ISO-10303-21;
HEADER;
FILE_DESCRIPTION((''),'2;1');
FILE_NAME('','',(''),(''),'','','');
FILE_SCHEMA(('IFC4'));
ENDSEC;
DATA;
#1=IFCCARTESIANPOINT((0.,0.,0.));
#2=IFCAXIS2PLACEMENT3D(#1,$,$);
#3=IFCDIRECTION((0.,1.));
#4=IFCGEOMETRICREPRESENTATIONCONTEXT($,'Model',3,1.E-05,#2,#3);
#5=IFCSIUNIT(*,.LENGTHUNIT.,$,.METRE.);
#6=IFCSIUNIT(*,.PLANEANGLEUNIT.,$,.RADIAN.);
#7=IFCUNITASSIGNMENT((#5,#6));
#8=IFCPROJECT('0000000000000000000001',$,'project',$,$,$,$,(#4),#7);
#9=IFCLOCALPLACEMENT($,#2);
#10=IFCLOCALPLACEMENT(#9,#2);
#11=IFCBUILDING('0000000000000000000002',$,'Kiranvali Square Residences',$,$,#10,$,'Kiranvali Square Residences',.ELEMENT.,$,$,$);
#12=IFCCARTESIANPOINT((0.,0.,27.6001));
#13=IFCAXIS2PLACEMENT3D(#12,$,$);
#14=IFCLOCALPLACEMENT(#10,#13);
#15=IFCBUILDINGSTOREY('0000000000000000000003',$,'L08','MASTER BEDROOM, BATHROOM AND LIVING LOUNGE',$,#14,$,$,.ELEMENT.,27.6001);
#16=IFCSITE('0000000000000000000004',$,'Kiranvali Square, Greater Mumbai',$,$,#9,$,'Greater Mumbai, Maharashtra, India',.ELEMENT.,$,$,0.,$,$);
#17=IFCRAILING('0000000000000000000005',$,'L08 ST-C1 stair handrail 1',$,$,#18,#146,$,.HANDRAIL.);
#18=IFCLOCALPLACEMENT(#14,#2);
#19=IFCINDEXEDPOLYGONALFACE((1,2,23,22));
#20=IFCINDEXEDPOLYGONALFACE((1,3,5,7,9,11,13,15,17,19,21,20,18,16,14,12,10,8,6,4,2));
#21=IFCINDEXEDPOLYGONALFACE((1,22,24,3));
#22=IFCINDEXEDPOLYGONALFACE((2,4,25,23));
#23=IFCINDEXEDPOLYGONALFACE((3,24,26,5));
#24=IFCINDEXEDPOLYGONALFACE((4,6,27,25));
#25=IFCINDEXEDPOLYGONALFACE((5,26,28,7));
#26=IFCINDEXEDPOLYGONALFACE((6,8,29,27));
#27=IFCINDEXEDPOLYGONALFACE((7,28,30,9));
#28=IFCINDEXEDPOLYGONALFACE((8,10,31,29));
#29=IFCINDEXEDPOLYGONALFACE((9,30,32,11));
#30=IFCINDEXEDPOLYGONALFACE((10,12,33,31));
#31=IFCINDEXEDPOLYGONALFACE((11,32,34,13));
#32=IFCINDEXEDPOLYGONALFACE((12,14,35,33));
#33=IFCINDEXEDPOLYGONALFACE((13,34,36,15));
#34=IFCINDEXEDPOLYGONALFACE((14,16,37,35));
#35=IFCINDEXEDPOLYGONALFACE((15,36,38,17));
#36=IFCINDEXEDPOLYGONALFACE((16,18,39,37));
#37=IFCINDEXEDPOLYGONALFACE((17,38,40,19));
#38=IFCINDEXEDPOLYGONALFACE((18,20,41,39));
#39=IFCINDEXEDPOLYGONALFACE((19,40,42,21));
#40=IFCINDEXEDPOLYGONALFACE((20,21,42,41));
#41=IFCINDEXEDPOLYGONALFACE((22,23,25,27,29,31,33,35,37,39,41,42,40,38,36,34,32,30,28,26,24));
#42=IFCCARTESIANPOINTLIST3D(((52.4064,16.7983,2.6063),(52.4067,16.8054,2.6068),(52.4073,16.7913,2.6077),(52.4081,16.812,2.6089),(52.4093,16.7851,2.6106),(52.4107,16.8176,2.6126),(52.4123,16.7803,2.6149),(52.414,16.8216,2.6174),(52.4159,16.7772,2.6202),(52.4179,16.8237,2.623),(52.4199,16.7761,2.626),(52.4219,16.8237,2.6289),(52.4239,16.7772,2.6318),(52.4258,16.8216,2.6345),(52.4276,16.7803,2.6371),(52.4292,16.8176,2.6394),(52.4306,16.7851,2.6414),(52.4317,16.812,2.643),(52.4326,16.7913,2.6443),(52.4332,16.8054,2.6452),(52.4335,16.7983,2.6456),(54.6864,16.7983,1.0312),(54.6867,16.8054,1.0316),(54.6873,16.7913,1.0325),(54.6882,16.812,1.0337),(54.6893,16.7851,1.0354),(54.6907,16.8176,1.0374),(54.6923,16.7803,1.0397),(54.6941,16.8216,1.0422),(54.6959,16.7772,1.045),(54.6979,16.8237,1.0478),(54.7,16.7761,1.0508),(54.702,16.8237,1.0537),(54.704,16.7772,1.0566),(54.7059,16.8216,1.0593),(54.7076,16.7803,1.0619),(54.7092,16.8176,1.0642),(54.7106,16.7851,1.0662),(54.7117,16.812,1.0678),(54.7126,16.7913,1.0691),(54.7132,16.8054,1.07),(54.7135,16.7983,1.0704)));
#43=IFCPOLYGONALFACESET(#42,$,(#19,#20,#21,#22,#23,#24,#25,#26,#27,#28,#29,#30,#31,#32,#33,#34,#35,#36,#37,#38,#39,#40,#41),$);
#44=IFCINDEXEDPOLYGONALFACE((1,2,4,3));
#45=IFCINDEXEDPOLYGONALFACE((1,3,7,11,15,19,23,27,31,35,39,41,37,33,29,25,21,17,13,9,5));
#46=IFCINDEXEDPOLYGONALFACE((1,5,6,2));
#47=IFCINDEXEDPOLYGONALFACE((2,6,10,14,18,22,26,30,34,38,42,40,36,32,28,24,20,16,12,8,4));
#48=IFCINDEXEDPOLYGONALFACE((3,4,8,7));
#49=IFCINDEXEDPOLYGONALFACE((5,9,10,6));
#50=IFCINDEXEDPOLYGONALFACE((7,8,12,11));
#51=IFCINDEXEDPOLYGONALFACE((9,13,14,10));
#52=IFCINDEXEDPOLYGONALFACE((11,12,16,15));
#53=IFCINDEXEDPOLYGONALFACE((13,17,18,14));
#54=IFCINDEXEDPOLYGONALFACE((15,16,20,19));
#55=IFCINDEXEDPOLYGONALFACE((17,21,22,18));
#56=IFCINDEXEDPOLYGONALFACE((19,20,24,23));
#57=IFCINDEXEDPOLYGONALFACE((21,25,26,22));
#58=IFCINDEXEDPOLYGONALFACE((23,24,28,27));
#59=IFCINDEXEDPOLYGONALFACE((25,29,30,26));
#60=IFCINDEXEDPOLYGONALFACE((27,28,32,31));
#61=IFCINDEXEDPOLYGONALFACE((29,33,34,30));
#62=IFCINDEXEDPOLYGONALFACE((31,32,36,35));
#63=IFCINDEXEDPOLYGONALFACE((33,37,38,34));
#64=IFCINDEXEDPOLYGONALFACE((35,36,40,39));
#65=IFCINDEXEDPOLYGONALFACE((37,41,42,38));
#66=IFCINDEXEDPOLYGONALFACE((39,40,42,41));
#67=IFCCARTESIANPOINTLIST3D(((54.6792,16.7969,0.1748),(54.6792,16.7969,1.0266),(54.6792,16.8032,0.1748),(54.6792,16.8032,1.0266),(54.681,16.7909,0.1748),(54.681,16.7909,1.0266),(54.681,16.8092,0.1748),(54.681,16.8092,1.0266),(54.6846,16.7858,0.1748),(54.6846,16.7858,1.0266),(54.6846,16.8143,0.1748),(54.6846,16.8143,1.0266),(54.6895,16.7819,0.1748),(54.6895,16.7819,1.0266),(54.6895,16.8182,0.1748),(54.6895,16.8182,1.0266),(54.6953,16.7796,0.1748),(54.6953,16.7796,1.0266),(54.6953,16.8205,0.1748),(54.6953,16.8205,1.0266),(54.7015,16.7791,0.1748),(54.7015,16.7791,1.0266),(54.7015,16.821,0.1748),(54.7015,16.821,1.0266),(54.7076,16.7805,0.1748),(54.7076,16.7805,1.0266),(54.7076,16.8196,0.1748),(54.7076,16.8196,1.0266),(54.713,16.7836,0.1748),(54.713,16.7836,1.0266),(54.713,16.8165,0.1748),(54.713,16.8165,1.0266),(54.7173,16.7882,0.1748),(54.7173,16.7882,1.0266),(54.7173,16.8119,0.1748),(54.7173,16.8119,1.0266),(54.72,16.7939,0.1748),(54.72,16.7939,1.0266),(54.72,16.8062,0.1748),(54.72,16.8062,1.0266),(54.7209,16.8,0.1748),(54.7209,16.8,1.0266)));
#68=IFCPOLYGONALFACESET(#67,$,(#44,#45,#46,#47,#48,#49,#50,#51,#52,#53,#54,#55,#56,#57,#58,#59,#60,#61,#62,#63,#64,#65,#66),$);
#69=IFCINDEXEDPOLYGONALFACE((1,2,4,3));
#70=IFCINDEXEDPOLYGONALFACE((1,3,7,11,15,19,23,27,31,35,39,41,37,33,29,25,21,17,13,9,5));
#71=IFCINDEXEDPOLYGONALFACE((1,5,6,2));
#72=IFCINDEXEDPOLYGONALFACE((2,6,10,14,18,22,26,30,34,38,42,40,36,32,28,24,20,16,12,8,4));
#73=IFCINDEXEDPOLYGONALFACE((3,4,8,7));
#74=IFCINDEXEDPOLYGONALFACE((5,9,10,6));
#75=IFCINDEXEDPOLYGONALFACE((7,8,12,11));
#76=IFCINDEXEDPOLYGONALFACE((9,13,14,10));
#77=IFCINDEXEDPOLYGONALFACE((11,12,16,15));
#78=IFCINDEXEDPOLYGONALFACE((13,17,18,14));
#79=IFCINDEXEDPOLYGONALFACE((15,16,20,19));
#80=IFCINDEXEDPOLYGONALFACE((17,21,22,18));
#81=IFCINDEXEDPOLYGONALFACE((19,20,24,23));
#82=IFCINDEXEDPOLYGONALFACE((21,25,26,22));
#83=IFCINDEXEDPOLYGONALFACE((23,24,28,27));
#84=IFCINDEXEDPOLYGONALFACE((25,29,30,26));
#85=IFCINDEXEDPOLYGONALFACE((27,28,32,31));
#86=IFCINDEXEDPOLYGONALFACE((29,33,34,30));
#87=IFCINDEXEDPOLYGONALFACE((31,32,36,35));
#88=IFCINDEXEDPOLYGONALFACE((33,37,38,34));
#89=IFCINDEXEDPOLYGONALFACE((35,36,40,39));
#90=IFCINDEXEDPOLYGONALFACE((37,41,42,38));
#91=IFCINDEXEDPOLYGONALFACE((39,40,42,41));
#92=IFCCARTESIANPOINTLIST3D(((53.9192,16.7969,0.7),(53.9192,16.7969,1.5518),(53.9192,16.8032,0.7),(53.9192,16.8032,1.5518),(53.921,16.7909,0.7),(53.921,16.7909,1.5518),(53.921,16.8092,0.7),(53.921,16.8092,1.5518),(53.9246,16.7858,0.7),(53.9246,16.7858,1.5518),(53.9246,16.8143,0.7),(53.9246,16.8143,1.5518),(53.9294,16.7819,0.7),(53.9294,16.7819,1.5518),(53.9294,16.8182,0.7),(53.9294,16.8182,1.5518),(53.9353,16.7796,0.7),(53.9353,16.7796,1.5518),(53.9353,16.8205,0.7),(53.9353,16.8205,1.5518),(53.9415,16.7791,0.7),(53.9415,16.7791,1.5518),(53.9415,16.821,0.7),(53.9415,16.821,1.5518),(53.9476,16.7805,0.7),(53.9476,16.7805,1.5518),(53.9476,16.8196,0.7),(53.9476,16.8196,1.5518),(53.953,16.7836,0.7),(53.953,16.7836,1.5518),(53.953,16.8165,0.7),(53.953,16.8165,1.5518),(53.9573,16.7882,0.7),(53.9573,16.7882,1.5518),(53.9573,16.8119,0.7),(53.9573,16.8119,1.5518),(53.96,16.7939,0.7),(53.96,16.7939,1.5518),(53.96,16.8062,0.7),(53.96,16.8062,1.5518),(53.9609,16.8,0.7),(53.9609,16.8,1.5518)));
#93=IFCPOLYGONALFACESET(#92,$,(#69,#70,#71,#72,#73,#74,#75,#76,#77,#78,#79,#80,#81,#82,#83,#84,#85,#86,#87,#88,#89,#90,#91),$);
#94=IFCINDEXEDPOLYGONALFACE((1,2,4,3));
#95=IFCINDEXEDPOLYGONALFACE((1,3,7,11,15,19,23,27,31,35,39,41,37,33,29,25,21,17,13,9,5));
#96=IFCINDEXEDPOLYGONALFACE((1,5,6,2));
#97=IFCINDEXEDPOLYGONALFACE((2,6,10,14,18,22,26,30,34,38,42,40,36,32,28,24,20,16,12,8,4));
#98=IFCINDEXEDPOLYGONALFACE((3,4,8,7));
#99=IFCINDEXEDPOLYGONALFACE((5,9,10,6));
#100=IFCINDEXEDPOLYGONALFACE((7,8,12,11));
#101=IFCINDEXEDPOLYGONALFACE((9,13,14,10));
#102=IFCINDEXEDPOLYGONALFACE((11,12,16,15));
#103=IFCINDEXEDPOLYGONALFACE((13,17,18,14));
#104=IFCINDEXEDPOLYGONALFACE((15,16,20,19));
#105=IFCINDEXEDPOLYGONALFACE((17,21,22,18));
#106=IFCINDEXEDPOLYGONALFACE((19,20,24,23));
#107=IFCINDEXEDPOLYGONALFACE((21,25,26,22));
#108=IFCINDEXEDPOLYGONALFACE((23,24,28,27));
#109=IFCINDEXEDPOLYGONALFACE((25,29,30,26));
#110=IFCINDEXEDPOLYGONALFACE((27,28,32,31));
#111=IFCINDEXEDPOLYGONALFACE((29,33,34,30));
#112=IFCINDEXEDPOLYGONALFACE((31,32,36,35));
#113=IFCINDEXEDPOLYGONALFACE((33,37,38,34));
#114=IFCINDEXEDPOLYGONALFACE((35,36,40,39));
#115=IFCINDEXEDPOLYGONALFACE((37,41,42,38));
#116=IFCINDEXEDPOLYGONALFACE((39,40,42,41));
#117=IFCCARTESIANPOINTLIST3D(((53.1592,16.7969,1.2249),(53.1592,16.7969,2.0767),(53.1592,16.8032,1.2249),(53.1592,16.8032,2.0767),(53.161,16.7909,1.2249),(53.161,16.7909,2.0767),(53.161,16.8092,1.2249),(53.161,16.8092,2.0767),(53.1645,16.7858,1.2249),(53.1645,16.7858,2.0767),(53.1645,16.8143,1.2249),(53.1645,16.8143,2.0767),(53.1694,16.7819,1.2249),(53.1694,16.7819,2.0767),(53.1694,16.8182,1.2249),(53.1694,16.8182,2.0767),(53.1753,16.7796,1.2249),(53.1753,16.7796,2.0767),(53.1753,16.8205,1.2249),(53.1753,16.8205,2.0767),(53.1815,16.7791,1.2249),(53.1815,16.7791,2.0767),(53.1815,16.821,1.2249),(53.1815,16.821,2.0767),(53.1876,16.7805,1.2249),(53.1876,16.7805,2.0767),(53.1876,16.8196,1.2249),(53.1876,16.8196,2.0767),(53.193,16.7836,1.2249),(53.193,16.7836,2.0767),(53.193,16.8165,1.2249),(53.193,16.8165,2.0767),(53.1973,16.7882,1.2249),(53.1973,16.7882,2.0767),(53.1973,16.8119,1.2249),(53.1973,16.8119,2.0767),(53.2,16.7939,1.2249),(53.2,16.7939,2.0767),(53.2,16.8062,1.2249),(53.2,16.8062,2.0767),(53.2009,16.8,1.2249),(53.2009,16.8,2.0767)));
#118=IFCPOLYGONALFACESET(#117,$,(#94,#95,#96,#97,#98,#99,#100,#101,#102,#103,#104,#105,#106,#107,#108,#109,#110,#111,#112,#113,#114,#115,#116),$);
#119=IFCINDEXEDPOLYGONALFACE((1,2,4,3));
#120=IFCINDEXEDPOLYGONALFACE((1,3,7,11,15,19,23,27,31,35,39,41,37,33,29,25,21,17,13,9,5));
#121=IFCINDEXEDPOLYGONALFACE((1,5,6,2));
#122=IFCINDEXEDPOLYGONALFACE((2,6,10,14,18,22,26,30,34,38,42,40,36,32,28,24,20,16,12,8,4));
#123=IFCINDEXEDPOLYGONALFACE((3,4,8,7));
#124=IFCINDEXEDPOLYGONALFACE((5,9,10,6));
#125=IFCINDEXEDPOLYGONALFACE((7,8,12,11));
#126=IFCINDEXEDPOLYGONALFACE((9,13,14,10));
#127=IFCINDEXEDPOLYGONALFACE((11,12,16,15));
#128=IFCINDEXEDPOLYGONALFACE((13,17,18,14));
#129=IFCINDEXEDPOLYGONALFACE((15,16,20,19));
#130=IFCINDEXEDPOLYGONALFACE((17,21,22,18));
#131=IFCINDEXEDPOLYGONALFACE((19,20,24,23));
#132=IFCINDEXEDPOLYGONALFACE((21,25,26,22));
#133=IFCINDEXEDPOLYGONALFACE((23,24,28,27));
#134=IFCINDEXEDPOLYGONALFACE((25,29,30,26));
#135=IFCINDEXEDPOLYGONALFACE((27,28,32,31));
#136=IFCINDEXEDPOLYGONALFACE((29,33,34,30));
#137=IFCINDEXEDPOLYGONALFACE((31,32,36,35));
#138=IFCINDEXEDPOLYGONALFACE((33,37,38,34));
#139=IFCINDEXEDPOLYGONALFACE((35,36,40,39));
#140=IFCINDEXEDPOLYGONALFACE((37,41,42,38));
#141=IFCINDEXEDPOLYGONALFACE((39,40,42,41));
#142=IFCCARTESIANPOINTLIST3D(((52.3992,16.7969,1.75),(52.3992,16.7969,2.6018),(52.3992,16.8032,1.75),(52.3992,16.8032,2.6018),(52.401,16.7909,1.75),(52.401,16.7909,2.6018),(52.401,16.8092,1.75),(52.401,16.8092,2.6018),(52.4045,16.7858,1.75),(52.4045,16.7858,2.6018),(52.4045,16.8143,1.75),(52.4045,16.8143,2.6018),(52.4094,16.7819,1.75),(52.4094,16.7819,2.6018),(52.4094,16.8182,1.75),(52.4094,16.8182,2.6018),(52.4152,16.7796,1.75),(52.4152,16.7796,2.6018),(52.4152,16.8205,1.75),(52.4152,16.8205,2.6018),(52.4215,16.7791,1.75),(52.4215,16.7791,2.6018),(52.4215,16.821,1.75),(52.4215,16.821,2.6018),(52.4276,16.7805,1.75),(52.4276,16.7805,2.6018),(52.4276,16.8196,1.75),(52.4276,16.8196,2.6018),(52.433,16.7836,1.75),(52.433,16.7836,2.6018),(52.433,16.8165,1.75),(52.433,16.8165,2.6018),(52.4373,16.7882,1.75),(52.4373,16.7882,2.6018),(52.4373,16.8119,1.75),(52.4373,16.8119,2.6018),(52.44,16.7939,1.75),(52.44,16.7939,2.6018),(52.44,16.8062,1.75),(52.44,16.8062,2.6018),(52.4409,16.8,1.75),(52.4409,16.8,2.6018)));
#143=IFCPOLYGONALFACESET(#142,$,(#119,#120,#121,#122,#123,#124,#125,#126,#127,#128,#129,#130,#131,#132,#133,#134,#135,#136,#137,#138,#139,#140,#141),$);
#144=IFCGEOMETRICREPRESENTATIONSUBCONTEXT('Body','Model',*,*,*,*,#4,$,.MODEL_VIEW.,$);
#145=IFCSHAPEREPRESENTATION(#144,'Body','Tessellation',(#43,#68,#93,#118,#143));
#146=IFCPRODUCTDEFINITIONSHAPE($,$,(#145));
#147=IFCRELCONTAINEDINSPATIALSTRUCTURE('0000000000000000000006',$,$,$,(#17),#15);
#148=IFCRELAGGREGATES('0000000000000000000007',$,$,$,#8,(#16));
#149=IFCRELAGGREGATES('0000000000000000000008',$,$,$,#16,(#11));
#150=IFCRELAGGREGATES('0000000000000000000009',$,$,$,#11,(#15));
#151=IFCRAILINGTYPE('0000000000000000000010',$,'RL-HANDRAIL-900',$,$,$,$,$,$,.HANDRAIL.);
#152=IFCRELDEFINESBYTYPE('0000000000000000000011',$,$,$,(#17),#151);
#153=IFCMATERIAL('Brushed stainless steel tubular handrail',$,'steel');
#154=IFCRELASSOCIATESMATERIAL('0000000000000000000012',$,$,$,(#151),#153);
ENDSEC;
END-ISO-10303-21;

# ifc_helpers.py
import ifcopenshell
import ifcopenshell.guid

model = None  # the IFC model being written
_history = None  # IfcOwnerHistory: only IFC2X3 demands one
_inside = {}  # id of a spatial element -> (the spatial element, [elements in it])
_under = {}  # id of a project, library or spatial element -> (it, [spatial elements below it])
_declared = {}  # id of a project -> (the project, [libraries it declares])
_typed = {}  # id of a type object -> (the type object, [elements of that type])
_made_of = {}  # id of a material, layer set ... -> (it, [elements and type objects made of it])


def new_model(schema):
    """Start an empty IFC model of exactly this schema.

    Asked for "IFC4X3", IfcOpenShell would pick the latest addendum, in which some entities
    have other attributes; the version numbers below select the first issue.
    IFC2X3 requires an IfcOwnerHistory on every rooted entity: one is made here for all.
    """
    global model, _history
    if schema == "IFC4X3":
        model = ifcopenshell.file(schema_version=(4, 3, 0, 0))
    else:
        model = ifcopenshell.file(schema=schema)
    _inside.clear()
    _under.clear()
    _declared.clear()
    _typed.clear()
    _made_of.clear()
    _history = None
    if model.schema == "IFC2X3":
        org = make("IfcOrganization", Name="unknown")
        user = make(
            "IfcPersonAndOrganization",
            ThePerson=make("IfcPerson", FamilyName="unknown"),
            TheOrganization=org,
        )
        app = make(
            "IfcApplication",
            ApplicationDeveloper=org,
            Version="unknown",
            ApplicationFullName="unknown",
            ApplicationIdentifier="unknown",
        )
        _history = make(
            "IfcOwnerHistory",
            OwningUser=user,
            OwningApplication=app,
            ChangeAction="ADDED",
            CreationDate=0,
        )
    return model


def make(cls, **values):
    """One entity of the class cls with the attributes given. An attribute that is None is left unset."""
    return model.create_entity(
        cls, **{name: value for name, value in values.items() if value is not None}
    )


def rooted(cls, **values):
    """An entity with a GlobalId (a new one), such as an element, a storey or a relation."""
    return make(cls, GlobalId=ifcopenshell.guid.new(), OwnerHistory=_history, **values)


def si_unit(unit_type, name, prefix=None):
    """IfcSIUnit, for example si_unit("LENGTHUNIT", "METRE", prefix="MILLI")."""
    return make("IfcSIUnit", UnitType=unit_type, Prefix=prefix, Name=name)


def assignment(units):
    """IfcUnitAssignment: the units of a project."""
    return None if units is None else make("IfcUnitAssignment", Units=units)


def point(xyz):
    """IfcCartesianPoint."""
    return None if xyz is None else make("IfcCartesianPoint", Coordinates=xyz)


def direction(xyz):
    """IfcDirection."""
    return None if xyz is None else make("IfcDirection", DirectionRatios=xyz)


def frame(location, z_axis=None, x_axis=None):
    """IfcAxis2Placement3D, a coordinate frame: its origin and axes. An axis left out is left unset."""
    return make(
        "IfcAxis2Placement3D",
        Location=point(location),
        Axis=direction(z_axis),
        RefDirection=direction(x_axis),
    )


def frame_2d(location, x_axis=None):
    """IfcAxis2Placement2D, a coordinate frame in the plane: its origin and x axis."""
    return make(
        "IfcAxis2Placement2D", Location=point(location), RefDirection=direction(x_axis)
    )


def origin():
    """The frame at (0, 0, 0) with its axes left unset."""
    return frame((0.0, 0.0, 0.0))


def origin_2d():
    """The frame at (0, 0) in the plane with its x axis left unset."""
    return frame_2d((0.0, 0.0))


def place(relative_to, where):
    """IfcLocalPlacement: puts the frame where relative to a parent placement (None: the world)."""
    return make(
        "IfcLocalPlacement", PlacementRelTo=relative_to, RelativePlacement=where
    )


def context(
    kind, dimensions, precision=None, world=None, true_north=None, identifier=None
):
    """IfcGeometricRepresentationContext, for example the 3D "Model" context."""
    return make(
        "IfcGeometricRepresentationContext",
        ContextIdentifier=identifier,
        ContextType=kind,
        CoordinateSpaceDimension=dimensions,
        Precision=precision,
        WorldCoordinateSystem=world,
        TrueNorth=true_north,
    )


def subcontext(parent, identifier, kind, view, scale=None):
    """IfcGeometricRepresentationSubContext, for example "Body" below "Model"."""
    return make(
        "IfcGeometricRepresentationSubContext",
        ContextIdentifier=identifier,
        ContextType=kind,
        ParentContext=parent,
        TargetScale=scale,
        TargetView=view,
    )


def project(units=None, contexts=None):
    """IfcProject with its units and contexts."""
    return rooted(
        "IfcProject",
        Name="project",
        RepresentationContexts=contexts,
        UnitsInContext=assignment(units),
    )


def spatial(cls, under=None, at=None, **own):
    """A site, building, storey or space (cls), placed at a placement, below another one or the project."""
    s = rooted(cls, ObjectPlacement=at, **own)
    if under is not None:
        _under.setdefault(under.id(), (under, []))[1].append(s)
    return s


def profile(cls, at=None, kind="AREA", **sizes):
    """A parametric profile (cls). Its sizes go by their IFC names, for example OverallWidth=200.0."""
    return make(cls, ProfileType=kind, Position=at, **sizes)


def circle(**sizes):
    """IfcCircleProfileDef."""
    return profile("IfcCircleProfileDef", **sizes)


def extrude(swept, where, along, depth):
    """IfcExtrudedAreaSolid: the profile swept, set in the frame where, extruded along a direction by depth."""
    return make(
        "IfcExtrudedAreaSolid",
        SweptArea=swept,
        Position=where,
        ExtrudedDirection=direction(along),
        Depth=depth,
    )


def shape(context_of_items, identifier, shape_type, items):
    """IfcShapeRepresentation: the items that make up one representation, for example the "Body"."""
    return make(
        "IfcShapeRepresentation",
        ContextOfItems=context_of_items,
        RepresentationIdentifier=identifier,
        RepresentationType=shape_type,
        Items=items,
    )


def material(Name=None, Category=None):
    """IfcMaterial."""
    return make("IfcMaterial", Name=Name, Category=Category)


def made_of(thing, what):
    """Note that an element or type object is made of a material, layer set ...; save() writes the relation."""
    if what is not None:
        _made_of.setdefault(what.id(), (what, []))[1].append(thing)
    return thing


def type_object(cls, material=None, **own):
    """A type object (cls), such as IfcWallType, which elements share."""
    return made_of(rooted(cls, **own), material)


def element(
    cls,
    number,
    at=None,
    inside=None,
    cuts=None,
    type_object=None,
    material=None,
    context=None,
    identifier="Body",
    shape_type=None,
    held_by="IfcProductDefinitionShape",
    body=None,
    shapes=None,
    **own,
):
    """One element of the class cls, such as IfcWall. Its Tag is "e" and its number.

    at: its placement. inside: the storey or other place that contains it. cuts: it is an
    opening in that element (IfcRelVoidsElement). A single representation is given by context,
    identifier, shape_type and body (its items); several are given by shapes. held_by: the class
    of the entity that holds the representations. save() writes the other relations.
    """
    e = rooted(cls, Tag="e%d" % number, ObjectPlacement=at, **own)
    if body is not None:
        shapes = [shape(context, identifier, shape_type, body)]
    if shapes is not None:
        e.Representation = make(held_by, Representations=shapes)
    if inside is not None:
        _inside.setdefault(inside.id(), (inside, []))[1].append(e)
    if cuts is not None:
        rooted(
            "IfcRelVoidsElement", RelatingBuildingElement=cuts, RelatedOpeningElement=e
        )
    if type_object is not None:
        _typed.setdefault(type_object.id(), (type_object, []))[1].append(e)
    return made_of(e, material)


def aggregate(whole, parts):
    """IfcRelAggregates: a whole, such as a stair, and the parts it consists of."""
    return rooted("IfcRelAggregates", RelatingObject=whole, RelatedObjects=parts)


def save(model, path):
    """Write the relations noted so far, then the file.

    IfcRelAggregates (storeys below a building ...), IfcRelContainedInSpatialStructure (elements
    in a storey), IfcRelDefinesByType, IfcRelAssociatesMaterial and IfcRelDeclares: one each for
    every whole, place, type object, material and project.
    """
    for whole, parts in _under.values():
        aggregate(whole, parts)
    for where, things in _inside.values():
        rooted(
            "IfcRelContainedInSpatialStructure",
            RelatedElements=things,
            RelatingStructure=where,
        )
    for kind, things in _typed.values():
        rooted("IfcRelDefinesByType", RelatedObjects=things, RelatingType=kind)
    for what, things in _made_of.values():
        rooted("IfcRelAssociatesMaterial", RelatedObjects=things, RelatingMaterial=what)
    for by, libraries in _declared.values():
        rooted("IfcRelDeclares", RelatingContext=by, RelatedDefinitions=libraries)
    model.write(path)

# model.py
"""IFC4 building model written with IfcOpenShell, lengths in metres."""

from ifc_helpers import new_model, si_unit, direction, frame, origin, origin_2d, place, context, subcontext, project, spatial, circle, extrude, material, type_object, element, save


model = new_model("IFC4")

# Units and contexts
model_context = context("Model", 3, precision=1e-05, world=origin(), true_north=direction((0.0, 1.0)))
body_context = subcontext(model_context, "Body", "Model", "MODEL_VIEW")
ifc_project = project(units=[si_unit("LENGTHUNIT", "METRE"), si_unit("PLANEANGLEUNIT", "RADIAN")], contexts=[model_context])

# Site, building, storey
site_placement = place(None, origin())
site = spatial("IfcSite", under=ifc_project, at=site_placement, Name="Kiranvali Square, Greater Mumbai", LongName="Greater Mumbai, Maharashtra, India", CompositionType="ELEMENT", RefElevation=0.0)
building_placement = place(site_placement, origin())
building = spatial("IfcBuilding", under=site, at=building_placement, Name="Kiranvali Square Residences", LongName="Kiranvali Square Residences", CompositionType="ELEMENT")
storey_placement = place(building_placement, frame((0.0, 0.0, 27.6001)))
storey = spatial("IfcBuildingStorey", under=building, at=storey_placement, Name="L08", Description="MASTER BEDROOM, BATHROOM AND LIVING LOUNGE", CompositionType="ELEMENT", Elevation=27.6001)

# Railing
ifc_material_1 = material(Name="Brushed stainless steel tubular handrail", Category="steel")
railing_type_1 = type_object("IfcRailingType", Name="RL-HANDRAIL-900", PredefinedType="HANDRAIL", material=ifc_material_1)
railing_1_placement = place(storey_placement, frame((54.7, 16.8, 0.1748)))
element("IfcRailing", 1, at=railing_1_placement, inside=storey, type_object=railing_type_1, Name="L08 ST-C1 stair handrail 1", PredefinedType="HANDRAIL", context=body_context, shape_type="SweptSolid", body=[
    extrude(circle(Radius=0.0239, at=origin_2d()), frame((0.0, 0.0, 0.876), z_axis=(-0.822747, 0.0, 0.568408), x_axis=(0.0, -1.0, 0.0)), (0.0, 0.0, 1.0), 2.7712),
    extrude(circle(Radius=0.021, at=origin_2d()), origin(), (0.0, 0.0, 1.0), 0.8518),
    extrude(circle(Radius=0.021, at=origin_2d()), frame((-0.76, 0.0, 0.5251)), (0.0, 0.0, 1.0), 0.8518),
    extrude(circle(Radius=0.021, at=origin_2d()), frame((-1.52, 0.0, 1.05)), (0.0, 0.0, 1.0), 0.8518),
    extrude(circle(Radius=0.021, at=origin_2d()), frame((-2.28, 0.0, 1.5752)), (0.0, 0.0, 1.0), 0.8518),
])

save(model, "model.ifc")
